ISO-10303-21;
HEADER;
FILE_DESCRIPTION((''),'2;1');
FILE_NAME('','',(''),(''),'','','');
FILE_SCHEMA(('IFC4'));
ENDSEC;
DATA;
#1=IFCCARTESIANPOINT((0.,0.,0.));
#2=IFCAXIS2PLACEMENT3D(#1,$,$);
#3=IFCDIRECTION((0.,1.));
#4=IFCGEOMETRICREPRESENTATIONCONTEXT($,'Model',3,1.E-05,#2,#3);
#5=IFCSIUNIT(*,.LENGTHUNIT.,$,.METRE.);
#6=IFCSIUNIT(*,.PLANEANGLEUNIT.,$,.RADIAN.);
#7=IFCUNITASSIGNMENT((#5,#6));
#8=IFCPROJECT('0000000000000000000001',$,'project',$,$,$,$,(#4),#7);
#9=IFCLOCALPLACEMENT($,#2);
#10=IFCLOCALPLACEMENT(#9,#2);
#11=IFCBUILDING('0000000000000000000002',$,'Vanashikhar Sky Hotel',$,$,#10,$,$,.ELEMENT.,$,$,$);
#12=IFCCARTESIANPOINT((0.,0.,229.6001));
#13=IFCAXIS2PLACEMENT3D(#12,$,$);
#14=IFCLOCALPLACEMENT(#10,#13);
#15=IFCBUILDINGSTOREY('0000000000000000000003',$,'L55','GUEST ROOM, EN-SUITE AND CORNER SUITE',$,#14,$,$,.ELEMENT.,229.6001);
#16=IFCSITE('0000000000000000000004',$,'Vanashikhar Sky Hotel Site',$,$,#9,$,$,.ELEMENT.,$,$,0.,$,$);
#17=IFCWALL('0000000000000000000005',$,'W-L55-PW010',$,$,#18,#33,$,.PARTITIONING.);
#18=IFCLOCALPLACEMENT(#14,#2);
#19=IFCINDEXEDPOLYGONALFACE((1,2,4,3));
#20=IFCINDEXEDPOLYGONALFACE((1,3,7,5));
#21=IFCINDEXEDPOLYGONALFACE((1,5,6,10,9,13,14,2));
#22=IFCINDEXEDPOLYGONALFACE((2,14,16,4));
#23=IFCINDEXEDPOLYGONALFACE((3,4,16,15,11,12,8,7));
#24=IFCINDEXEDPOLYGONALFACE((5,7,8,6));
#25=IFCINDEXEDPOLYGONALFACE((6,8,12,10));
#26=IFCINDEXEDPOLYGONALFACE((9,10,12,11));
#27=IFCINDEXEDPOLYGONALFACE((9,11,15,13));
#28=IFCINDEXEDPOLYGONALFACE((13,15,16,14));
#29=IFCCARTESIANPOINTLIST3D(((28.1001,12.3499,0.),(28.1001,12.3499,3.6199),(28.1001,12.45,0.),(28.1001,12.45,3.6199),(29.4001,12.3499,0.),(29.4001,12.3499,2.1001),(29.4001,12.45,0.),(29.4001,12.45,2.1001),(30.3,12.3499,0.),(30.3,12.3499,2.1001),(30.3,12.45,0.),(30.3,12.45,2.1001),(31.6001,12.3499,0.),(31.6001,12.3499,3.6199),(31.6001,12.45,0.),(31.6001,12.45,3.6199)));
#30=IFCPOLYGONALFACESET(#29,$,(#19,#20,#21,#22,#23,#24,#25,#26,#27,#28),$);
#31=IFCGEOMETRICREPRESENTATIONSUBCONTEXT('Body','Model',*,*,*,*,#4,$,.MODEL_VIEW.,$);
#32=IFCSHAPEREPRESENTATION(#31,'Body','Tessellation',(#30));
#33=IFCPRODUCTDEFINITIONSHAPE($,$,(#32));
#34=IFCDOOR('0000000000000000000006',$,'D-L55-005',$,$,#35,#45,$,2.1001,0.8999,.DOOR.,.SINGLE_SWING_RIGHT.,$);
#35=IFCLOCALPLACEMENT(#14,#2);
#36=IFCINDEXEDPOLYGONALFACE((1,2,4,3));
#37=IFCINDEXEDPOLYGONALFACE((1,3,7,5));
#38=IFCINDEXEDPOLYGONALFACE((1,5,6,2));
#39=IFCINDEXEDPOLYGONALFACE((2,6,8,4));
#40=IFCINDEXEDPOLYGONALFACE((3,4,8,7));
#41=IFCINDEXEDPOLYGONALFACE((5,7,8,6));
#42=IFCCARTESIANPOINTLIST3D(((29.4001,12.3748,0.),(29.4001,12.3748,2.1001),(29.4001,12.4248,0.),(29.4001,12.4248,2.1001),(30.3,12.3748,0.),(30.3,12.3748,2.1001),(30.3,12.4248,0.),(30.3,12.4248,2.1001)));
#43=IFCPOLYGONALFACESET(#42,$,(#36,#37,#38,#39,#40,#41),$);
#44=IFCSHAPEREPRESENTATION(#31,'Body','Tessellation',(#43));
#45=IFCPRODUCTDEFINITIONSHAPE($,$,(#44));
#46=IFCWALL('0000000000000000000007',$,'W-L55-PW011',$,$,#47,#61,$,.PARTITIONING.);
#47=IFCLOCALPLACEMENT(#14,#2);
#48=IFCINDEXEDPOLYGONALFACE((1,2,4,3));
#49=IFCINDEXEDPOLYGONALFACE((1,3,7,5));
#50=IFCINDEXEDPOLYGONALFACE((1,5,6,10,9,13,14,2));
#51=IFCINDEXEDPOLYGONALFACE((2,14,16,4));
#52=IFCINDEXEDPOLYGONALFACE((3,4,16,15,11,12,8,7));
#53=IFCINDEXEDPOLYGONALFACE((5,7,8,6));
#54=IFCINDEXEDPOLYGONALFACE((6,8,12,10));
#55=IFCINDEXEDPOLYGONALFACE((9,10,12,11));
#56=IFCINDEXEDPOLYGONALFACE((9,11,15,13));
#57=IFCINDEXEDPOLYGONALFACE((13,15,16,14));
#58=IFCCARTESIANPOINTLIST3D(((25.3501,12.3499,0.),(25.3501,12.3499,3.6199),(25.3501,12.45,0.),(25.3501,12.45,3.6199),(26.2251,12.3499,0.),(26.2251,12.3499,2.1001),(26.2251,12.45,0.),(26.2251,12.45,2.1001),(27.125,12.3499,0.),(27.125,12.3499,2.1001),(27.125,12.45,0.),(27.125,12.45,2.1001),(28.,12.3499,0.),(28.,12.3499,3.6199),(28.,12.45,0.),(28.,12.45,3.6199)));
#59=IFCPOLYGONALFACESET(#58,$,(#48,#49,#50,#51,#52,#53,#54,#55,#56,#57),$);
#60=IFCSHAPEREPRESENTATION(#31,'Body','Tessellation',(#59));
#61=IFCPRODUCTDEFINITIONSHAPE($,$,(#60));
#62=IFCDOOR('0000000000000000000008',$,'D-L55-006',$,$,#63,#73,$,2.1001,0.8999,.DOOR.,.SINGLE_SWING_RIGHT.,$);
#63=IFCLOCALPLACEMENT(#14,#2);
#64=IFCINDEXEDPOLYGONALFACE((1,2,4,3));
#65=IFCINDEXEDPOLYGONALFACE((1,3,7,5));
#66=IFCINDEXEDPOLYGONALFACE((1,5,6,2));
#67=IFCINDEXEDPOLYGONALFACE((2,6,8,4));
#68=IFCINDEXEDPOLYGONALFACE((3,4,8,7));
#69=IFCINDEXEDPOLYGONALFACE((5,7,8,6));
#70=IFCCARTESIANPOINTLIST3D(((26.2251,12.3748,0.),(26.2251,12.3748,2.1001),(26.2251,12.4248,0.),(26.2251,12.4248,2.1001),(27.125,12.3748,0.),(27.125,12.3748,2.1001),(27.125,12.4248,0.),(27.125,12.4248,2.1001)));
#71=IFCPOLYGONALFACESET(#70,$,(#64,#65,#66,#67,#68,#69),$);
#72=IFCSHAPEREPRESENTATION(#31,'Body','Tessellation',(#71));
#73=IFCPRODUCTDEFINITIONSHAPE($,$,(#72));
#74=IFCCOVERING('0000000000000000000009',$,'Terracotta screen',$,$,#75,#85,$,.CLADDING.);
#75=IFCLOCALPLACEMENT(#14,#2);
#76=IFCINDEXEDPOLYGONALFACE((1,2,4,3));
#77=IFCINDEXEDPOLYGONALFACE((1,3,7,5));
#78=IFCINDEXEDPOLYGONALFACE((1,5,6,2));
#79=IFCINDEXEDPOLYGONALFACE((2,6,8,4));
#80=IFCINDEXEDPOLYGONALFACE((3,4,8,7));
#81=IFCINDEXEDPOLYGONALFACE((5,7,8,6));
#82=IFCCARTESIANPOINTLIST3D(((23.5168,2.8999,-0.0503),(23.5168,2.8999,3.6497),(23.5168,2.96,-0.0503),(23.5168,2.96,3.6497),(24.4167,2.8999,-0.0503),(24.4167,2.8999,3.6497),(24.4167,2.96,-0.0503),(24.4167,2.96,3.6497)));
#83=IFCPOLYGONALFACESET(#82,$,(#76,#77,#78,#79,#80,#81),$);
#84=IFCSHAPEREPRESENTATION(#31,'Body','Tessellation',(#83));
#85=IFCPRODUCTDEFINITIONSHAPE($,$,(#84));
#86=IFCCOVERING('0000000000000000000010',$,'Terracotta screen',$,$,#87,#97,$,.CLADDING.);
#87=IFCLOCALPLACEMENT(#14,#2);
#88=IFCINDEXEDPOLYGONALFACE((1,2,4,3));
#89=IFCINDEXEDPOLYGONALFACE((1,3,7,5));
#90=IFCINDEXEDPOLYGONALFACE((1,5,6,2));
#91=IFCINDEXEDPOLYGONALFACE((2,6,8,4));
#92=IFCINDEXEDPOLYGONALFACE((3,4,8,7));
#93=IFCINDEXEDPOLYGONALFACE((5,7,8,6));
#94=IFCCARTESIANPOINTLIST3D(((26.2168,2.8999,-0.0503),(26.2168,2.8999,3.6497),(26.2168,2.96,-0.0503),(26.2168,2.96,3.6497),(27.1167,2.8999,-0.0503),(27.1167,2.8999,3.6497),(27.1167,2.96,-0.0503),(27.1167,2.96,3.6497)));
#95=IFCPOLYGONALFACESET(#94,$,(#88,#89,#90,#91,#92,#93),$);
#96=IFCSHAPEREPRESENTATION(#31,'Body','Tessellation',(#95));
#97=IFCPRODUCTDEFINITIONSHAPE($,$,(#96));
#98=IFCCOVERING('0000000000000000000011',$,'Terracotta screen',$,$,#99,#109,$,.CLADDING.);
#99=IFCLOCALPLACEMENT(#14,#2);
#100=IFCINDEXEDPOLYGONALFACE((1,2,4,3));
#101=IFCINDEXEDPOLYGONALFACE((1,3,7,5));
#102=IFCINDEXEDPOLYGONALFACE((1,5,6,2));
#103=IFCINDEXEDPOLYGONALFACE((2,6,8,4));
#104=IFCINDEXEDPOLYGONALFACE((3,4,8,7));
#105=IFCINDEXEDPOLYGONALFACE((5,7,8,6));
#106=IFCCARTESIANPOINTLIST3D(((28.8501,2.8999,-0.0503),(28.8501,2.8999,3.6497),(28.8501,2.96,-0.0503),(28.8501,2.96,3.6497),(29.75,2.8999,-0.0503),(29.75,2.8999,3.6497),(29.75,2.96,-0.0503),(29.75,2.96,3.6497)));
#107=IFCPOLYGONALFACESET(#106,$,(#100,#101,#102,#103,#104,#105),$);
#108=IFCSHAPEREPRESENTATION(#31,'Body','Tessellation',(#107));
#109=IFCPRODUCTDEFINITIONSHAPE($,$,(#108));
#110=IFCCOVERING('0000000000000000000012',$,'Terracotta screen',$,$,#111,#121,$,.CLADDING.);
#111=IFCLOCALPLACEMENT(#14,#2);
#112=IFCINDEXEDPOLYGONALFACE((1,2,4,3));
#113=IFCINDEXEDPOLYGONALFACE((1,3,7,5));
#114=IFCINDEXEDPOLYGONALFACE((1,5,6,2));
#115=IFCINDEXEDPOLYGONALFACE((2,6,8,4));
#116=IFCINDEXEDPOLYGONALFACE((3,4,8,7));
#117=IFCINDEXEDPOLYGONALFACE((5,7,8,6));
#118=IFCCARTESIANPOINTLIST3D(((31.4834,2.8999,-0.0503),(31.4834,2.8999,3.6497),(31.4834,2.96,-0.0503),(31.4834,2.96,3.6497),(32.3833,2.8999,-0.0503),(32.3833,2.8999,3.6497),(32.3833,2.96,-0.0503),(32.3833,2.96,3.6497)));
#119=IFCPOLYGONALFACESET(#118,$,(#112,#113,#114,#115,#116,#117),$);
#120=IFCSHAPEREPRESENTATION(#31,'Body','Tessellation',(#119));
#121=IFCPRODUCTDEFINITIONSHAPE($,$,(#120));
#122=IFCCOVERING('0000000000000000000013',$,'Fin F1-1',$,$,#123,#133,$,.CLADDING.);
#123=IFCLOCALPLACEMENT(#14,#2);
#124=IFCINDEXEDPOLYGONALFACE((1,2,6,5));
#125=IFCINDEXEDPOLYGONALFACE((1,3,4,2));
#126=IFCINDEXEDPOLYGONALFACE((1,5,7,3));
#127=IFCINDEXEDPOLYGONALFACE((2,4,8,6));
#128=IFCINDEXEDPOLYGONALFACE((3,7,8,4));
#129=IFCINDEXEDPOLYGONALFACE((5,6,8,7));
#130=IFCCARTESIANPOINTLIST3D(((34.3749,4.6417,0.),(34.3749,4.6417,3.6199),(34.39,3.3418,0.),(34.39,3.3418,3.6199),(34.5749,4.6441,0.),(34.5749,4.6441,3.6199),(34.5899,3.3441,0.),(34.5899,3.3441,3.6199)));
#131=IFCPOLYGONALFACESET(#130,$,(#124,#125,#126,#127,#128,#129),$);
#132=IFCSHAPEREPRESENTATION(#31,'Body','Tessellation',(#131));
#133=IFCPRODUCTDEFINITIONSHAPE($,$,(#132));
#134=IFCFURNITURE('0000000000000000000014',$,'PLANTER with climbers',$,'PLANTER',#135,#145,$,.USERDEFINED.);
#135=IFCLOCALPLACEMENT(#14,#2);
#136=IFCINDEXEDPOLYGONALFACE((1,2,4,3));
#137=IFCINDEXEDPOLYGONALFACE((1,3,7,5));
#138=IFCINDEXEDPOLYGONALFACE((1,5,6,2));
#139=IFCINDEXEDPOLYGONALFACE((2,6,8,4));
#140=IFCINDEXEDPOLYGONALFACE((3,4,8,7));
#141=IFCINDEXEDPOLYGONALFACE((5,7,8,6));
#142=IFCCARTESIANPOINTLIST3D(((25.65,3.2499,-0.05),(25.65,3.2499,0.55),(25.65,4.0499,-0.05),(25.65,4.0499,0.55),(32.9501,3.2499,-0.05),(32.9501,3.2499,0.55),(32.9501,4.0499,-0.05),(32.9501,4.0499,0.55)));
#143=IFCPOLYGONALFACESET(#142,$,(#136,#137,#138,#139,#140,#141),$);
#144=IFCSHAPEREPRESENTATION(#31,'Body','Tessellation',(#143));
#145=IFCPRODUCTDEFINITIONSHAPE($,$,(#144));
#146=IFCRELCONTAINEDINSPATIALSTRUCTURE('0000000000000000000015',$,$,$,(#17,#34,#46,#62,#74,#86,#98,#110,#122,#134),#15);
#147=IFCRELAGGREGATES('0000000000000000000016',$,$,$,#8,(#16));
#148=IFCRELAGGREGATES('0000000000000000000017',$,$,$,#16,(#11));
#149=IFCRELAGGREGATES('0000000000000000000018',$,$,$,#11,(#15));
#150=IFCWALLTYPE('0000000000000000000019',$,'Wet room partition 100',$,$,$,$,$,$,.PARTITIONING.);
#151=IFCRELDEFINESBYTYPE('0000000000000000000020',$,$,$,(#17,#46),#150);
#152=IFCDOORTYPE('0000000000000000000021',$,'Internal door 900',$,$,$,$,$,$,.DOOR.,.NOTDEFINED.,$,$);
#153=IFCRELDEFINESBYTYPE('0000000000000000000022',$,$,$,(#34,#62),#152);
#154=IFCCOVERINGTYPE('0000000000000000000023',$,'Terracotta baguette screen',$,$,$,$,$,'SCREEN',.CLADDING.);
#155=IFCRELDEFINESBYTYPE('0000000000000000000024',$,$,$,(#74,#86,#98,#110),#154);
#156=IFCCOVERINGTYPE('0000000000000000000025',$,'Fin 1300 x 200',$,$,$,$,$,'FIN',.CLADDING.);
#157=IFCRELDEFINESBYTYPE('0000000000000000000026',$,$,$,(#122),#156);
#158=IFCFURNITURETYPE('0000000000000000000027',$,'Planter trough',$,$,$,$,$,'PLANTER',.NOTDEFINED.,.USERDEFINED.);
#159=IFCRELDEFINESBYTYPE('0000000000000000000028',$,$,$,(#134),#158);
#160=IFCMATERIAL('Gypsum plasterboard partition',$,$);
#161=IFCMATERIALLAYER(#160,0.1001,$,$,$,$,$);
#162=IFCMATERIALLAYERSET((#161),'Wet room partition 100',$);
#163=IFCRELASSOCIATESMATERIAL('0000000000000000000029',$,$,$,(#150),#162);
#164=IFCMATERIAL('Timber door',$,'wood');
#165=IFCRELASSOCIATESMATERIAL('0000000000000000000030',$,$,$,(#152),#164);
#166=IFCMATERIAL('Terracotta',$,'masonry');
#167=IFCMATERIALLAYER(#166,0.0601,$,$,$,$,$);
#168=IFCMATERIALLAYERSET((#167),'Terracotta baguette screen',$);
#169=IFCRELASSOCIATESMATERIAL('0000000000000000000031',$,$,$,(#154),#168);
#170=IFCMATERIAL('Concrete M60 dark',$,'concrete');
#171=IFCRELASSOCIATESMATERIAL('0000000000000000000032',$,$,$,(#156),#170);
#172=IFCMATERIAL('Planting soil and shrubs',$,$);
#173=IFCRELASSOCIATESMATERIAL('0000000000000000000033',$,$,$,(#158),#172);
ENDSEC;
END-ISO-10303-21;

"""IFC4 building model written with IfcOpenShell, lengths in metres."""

from ifc_helpers import new_model, si_unit, direction, frame, frame_2d, origin, origin_2d, place, context, subcontext, project, spatial, rectangle, extrude, source, transform, mapped, material, layer, layer_set, material_profile, profile_set, type_object, element, fill, save


model = new_model("IFC4")

# Units and contexts
model_context = context("Model", 3, precision=1e-05, world=origin(), true_north=direction((0.0, 1.0)))
body_context = subcontext(model_context, "Body", "Model", "MODEL_VIEW")
ifc_project = project(units=[si_unit("LENGTHUNIT", "METRE"), si_unit("PLANEANGLEUNIT", "RADIAN")], contexts=[model_context])

# Site, building, storey
site_placement = place(None, origin())
site = spatial("IfcSite", under=ifc_project, at=site_placement, Name="Vanashikhar Sky Hotel Site", CompositionType="ELEMENT", RefElevation=0.0)
building_placement = place(site_placement, origin())
building = spatial("IfcBuilding", under=site, at=building_placement, Name="Vanashikhar Sky Hotel", CompositionType="ELEMENT")
storey_placement = place(building_placement, frame((0.0, 0.0, 229.6001)))
storey = spatial("IfcBuildingStorey", under=building, at=storey_placement, Name="L55", Description="GUEST ROOM, EN-SUITE AND CORNER SUITE", CompositionType="ELEMENT", Elevation=229.6001)

# Shared definitions
ifc_material_1 = material(Name="Gypsum plasterboard partition")
ifc_layer_1 = layer(ifc_material_1, 0.1001)
ifc_layer_set_1 = layer_set([ifc_layer_1], Name="Wet room partition 100")
wall_type_1 = type_object("IfcWallType", Name="Wet room partition 100", PredefinedType="PARTITIONING", material=ifc_layer_set_1)

# Walls, openings, doors
shared_shape_1 = source(origin(), body_context, "Body", "SweptSolid", [
    extrude(rectangle(XDim=3.5, YDim=0.1001, at=frame_2d((1.75, 0.0))), origin(), (0.0, 0.0, 1.0), 3.6199),
])
wall_1_placement = place(storey_placement, frame((28.1001, 12.3999, 0.0), z_axis=(0.0, 0.0, 1.0), x_axis=(1.0, 0.0, 0.0)))
wall_1 = element("IfcWall", 1, at=wall_1_placement, inside=storey, type_object=wall_type_1, Name="W-L55-PW010", PredefinedType="PARTITIONING", context=body_context, shape_type="MappedRepresentation", body=[
    mapped(shared_shape_1, transform((0.0, 0.0, 0.0), scale=1.0)),
])
shared_shape_2 = source(origin(), body_context, "Body", "SweptSolid", [
    extrude(rectangle(XDim=0.8999, YDim=2.1001, at=frame_2d((0.45, 1.05))), frame((0.0, 0.0601, 0.0), z_axis=(0.0, -1.0, 0.0), x_axis=(1.0, 0.0, 0.0)), (0.0, 0.0, 1.0), 0.1201),
])
opening_1_placement = place(wall_1_placement, frame((1.3, 0.0, 0.0)))
opening_1 = element("IfcOpeningElement", 2, at=opening_1_placement, cuts=wall_1, PredefinedType="OPENING", context=body_context, shape_type="MappedRepresentation", body=[
    mapped(shared_shape_2, transform((0.0, 0.0, 0.0), scale=1.0)),
])
ifc_material_2 = material(Name="Timber door", Category="wood")
door_type_1 = type_object("IfcDoorType", Name="Internal door 900", OperationType="NOTDEFINED", PredefinedType="DOOR", material=ifc_material_2)
shared_shape_3 = source(origin(), body_context, "Body", "SweptSolid", [
    extrude(rectangle(XDim=0.8999, YDim=2.1001, at=frame_2d((0.45, 1.05))), frame((0.0, 0.0249, 0.0), z_axis=(0.0, -1.0, 0.0), x_axis=(1.0, 0.0, 0.0)), (0.0, 0.0, 1.0), 0.05),
])
door_1_placement = place(opening_1_placement, origin())
door_1 = element("IfcDoor", 3, at=door_1_placement, inside=storey, type_object=door_type_1, Name="D-L55-005", OperationType="SINGLE_SWING_RIGHT", OverallHeight=2.1001, OverallWidth=0.8999, PredefinedType="DOOR", context=body_context, shape_type="MappedRepresentation", body=[
    mapped(shared_shape_3, transform((0.0, 0.0, 0.0), scale=1.0)),
])
fill(opening_1, door_1)
shared_shape_4 = source(origin(), body_context, "Body", "SweptSolid", [
    extrude(rectangle(XDim=2.6499, YDim=0.1001, at=frame_2d((1.325, 0.0))), origin(), (0.0, 0.0, 1.0), 3.6199),
])
wall_2_placement = place(storey_placement, frame((25.3501, 12.3999, 0.0), z_axis=(0.0, 0.0, 1.0), x_axis=(1.0, 0.0, 0.0)))
wall_2 = element("IfcWall", 4, at=wall_2_placement, inside=storey, type_object=wall_type_1, Name="W-L55-PW011", PredefinedType="PARTITIONING", context=body_context, shape_type="MappedRepresentation", body=[
    mapped(shared_shape_4, transform((0.0, 0.0, 0.0), scale=1.0)),
])
opening_2_placement = place(wall_2_placement, frame((0.875, 0.0, 0.0)))
opening_2 = element("IfcOpeningElement", 5, at=opening_2_placement, cuts=wall_2, PredefinedType="OPENING", context=body_context, shape_type="MappedRepresentation", body=[
    mapped(shared_shape_2, transform((0.0, 0.0, 0.0), scale=1.0)),
])
door_2_placement = place(opening_2_placement, origin())
door_2 = element("IfcDoor", 6, at=door_2_placement, inside=storey, type_object=door_type_1, Name="D-L55-006", OperationType="SINGLE_SWING_RIGHT", OverallHeight=2.1001, OverallWidth=0.8999, PredefinedType="DOOR", context=body_context, shape_type="MappedRepresentation", body=[
    mapped(shared_shape_3, transform((0.0, 0.0, 0.0), scale=1.0)),
])
fill(opening_2, door_2)

# Coverings
ifc_material_3 = material(Name="Terracotta", Category="masonry")
ifc_layer_2 = layer(ifc_material_3, 0.0601)
ifc_layer_set_2 = layer_set([ifc_layer_2], Name="Terracotta baguette screen")
covering_type_1 = type_object("IfcCoveringType", Name="Terracotta baguette screen", ElementType="SCREEN", PredefinedType="CLADDING", material=ifc_layer_set_2)
shared_shape_5 = source(origin(), body_context, "Body", "SweptSolid", [
    extrude(rectangle(XDim=0.8999, YDim=0.0601, at=origin_2d()), origin(), (0.0, 0.0, 1.0), 3.7),
])
for number, where, z_axis, x_axis, name in (
    (7, (23.9668, 2.9299, -0.0503), (0.0, 0.0, 1.0), (1.0, 0.0, 0.0), "Terracotta screen"),
    (8, (26.6667, 2.9299, -0.0503), (0.0, 0.0, 1.0), (1.0, 0.0, 0.0), "Terracotta screen"),
    (9, (29.3, 2.9299, -0.0503), (0.0, 0.0, 1.0), (1.0, 0.0, 0.0), "Terracotta screen"),
    (10, (31.9333, 2.9299, -0.0503), (0.0, 0.0, 1.0), (1.0, 0.0, 0.0), "Terracotta screen"),
):
    element("IfcCovering", number, at=place(storey_placement, frame(where, z_axis=z_axis, x_axis=x_axis)), inside=storey, type_object=covering_type_1, Name=name, PredefinedType="CLADDING", context=body_context, shape_type="MappedRepresentation", body=[
        mapped(shared_shape_5, transform((0.0, 0.0, 0.0), scale=1.0)),
    ])
ifc_material_4 = material(Name="Concrete M60 dark", Category="concrete")
ifc_material_profile_1 = material_profile(ifc_material_4, rectangle(XDim=1.3, YDim=0.2, at=origin_2d()))
ifc_profile_set_1 = profile_set([ifc_material_profile_1], Name="Fin 1300 x 200")
covering_type_2 = type_object("IfcCoveringType", Name="Fin 1300 x 200", ElementType="FIN", PredefinedType="CLADDING", material=ifc_profile_set_1)
shared_shape_6 = source(origin(), body_context, "Body", "SweptSolid", [
    extrude(rectangle(XDim=1.3, YDim=0.2, at=origin_2d()), origin(), (0.0, 0.0, 1.0), 3.6199),
])
covering_placement = place(storey_placement, frame((34.4824, 3.9929, 0.0), z_axis=(0.0, 0.0, 1.0), x_axis=(0.011589, -0.999933, 0.0)))
element("IfcCovering", 11, at=covering_placement, inside=storey, type_object=covering_type_2, Name="Fin F1-1", PredefinedType="CLADDING", context=body_context, shape_type="MappedRepresentation", body=[
    mapped(shared_shape_6, transform((0.0, 0.0, 0.0), scale=1.0)),
])

# Furniture
ifc_material_5 = material(Name="Planting soil and shrubs")
furniture_type = type_object("IfcFurnitureType", Name="Planter trough", ElementType="PLANTER", AssemblyPlace="NOTDEFINED", PredefinedType="USERDEFINED", material=ifc_material_5)
shared_shape_7 = source(origin(), body_context, "Body", "SweptSolid", [
    extrude(rectangle(XDim=7.3, YDim=0.8, at=origin_2d()), origin(), (0.0, 0.0, 1.0), 0.6001),
])
furniture_placement = place(storey_placement, frame((29.3, 3.6499, -0.05), z_axis=(0.0, 0.0, 1.0), x_axis=(1.0, 0.0, 0.0)))
element("IfcFurniture", 12, at=furniture_placement, inside=storey, type_object=furniture_type, Name="PLANTER with climbers", ObjectType="PLANTER", PredefinedType="USERDEFINED", context=body_context, shape_type="MappedRepresentation", body=[
    mapped(shared_shape_7, transform((0.0, 0.0, 0.0), scale=1.0)),
])

save(model, "model.ifc")
